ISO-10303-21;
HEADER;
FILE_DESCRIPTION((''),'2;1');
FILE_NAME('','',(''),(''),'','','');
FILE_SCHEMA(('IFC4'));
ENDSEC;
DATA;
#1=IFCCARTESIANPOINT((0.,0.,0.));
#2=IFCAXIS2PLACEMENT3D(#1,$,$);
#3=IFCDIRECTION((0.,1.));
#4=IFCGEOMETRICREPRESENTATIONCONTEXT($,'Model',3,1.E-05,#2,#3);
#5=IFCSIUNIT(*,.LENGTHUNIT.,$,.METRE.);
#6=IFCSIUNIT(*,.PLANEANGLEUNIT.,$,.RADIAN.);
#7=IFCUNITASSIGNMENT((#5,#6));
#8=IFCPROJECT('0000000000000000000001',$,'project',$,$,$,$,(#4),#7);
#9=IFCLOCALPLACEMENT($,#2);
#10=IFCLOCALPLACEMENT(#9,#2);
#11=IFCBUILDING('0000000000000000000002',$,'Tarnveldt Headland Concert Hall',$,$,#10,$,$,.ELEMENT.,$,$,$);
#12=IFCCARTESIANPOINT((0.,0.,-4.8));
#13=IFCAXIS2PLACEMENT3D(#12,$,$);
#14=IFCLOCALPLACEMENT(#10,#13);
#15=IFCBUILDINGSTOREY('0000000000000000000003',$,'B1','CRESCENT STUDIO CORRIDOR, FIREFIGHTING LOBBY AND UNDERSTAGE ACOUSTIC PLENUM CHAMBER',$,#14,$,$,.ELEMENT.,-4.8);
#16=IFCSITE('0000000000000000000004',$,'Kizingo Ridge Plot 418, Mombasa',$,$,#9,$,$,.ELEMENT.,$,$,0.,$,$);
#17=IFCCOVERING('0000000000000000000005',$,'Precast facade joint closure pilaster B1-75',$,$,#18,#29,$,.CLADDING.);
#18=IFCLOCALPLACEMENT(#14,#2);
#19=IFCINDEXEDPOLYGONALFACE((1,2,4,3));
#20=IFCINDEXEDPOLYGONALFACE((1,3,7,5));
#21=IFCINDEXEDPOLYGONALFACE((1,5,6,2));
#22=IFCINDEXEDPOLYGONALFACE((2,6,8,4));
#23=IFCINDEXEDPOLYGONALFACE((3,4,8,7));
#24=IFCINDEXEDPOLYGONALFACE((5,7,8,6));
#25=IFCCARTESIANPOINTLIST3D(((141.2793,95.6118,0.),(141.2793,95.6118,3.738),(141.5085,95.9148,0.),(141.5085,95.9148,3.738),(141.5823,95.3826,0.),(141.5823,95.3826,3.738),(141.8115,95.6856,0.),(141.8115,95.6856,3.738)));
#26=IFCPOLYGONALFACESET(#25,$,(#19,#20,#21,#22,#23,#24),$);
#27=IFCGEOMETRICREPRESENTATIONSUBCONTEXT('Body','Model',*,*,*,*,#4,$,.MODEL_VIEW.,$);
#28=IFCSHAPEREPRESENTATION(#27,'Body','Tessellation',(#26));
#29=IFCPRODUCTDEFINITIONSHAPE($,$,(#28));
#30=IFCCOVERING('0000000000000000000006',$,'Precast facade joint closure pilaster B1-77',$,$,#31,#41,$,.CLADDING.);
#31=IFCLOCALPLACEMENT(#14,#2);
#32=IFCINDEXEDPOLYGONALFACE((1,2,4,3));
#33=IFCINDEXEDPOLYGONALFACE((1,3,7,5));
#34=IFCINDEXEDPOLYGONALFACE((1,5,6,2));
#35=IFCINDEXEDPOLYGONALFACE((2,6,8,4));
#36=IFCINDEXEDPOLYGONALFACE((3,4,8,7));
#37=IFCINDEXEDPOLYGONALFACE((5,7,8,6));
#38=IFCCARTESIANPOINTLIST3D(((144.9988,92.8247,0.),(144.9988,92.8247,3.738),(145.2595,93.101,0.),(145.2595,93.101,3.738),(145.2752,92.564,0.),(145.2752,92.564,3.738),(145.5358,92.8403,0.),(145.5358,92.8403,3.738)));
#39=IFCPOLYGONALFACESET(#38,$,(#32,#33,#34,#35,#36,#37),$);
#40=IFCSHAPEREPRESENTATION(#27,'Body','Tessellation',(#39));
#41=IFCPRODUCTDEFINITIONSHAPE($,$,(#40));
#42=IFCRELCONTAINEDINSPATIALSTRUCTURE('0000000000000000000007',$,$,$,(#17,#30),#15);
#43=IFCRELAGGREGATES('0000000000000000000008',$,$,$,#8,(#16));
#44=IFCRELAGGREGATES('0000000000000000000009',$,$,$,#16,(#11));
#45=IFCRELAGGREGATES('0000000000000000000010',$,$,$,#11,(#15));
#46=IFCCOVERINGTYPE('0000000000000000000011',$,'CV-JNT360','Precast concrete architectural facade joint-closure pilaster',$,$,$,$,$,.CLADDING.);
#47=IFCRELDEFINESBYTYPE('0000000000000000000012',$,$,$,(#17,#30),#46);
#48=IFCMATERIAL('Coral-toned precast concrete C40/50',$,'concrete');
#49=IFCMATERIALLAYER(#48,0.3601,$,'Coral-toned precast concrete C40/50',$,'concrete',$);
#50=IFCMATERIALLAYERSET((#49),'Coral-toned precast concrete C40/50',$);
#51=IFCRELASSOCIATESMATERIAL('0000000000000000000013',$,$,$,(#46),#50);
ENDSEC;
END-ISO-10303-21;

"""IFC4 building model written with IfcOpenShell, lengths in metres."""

from ifc_helpers import new_model, si_unit, direction, frame, origin, origin_2d, place, context, subcontext, project, spatial, rectangle, extrude, material, layer, layer_set, type_object, element, save


model = new_model("IFC4")

# Units and contexts
model_context = context("Model", 3, precision=1e-05, world=origin(), true_north=direction((0.0, 1.0)))
body_context = subcontext(model_context, "Body", "Model", "MODEL_VIEW")
ifc_project = project(units=[si_unit("LENGTHUNIT", "METRE"), si_unit("PLANEANGLEUNIT", "RADIAN")], contexts=[model_context])

# Site, building, storey
site_placement = place(None, origin())
site = spatial("IfcSite", under=ifc_project, at=site_placement, Name="Kizingo Ridge Plot 418, Mombasa", CompositionType="ELEMENT", RefElevation=0.0)
building_placement = place(site_placement, origin())
building = spatial("IfcBuilding", under=site, at=building_placement, Name="Tarnveldt Headland Concert Hall", CompositionType="ELEMENT")
storey_placement = place(building_placement, frame((0.0, 0.0, -4.8)))
storey = spatial("IfcBuildingStorey", under=building, at=storey_placement, Name="B1", Description="CRESCENT STUDIO CORRIDOR, FIREFIGHTING LOBBY AND UNDERSTAGE ACOUSTIC PLENUM CHAMBER", CompositionType="ELEMENT", Elevation=-4.8)

# Shared definitions
ifc_material_1 = material(Name="Coral-toned precast concrete C40/50", Category="concrete")

# Coverings
ifc_layer_1 = layer(ifc_material_1, 0.3601, Name="Coral-toned precast concrete C40/50", Category="concrete")
ifc_layer_set_1 = layer_set([ifc_layer_1], Name="Coral-toned precast concrete C40/50")
covering_type = type_object("IfcCoveringType", Name="CV-JNT360", Description="Precast concrete architectural facade joint-closure pilaster", PredefinedType="CLADDING", material=ifc_layer_set_1)
for number, where, z_axis, x_axis, name in (
    (1, (141.5454, 95.6487, 0.0), (0.0, 0.0, 1.0), (-0.797479, 0.603347, 0.0), "Precast facade joint closure pilaster B1-75"),
    (2, (145.2673, 92.8325, 0.0), (0.0, 0.0, 1.0), (-0.727414, 0.686199, 0.0), "Precast facade joint closure pilaster B1-77"),
):
    element("IfcCovering", number, at=place(storey_placement, frame(where, z_axis=z_axis, x_axis=x_axis)), inside=storey, type_object=covering_type, Name=name, PredefinedType="CLADDING", context=body_context, shape_type="SweptSolid", body=[
        extrude(rectangle(XDim=0.3799, YDim=0.3799, at=origin_2d()), origin(), (0.0, 0.0, 1.0), 3.738),
    ])

save(model, "model.ifc")
